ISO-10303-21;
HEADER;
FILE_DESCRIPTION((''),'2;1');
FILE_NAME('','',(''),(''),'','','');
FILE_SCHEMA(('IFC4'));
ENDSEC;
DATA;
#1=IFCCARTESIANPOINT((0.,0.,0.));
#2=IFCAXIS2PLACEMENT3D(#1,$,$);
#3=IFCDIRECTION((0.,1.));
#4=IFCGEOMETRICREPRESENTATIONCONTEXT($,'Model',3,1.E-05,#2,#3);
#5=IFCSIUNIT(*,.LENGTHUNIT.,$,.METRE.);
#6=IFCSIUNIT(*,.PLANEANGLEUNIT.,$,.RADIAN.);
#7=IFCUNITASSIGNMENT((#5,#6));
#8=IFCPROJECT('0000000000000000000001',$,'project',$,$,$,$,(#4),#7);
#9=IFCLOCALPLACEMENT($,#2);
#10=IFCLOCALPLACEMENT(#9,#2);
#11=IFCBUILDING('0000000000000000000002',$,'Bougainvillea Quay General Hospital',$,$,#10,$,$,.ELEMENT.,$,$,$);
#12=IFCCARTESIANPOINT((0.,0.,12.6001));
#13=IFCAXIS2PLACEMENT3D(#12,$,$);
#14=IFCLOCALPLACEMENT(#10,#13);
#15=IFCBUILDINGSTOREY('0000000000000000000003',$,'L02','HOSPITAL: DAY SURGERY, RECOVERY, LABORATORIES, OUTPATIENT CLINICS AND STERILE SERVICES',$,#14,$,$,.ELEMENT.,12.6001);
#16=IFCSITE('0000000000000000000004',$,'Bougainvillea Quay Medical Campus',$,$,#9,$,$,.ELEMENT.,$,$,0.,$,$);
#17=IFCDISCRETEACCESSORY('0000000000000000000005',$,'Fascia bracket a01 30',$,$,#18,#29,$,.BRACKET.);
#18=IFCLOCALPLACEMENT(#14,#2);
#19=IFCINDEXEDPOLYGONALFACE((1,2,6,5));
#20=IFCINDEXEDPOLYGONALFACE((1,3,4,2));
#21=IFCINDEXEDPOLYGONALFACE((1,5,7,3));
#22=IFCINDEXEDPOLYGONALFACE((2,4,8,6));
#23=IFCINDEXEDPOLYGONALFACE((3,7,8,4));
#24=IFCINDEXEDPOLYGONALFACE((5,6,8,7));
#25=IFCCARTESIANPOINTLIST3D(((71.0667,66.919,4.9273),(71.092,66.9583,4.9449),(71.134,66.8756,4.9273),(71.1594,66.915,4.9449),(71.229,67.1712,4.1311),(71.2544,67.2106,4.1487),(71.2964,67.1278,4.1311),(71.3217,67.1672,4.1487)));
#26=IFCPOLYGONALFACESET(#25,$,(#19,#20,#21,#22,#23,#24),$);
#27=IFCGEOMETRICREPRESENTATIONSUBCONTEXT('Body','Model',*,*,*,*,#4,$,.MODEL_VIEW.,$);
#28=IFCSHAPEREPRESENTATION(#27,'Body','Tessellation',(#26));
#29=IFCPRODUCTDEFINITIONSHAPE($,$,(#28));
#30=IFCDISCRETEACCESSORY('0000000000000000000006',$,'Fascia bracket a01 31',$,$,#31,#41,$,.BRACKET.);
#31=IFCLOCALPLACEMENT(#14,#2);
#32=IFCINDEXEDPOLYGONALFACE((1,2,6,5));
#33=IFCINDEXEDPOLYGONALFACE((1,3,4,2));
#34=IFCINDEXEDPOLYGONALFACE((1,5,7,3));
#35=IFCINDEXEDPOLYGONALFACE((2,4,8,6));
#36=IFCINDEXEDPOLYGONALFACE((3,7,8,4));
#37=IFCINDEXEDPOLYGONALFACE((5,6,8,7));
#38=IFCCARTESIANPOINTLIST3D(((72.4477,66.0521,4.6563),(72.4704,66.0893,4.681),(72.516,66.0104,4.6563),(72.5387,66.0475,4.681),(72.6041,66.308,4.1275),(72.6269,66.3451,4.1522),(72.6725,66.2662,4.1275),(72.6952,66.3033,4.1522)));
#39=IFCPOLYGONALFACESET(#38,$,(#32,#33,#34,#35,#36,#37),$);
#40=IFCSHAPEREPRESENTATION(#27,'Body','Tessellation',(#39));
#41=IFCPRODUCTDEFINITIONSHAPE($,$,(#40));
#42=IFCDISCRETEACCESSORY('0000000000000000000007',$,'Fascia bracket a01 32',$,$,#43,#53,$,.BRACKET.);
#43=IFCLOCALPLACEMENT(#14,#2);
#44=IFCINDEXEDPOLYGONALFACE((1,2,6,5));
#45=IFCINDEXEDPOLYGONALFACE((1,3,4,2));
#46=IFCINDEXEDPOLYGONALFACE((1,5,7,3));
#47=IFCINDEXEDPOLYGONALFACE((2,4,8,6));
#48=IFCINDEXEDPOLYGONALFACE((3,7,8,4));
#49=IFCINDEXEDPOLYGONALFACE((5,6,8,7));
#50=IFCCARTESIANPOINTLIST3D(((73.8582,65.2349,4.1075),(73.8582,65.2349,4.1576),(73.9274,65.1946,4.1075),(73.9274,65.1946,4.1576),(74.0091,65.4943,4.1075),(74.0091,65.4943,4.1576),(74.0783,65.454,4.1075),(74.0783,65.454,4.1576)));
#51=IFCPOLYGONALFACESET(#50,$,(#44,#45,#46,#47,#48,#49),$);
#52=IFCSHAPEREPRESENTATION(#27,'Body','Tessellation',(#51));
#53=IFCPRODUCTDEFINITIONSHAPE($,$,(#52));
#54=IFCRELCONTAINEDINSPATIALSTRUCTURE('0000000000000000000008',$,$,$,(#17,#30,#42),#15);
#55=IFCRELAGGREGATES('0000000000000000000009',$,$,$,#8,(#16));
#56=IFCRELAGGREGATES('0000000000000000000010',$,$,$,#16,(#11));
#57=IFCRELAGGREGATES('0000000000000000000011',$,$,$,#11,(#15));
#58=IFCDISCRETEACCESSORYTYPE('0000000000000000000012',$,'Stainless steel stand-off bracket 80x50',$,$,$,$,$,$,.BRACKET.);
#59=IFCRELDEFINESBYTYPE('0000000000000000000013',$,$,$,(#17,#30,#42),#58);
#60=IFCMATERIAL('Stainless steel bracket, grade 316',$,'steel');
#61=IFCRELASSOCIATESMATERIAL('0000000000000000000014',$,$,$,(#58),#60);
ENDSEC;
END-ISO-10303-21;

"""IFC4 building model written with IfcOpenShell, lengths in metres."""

from ifc_helpers import new_model, si_unit, direction, frame, origin, origin_2d, place, context, subcontext, project, spatial, rectangle, extrude, material, material_profile, profile_set, type_object, element, save


model = new_model("IFC4")

# Units and contexts
model_context = context("Model", 3, precision=1e-05, world=origin(), true_north=direction((0.0, 1.0)))
body_context = subcontext(model_context, "Body", "Model", "MODEL_VIEW")
ifc_project = project(units=[si_unit("LENGTHUNIT", "METRE"), si_unit("PLANEANGLEUNIT", "RADIAN")], contexts=[model_context])

# Site, building, storey
site_placement = place(None, origin())
site = spatial("IfcSite", under=ifc_project, at=site_placement, Name="Bougainvillea Quay Medical Campus", CompositionType="ELEMENT", RefElevation=0.0)
building_placement = place(site_placement, origin())
building = spatial("IfcBuilding", under=site, at=building_placement, Name="Bougainvillea Quay General Hospital", CompositionType="ELEMENT")
storey_placement = place(building_placement, frame((0.0, 0.0, 12.6001)))
storey = spatial("IfcBuildingStorey", under=building, at=storey_placement, Name="L02", Description="HOSPITAL: DAY SURGERY, RECOVERY, LABORATORIES, OUTPATIENT CLINICS AND STERILE SERVICES", CompositionType="ELEMENT", Elevation=12.6001)

# Discrete accessories
ifc_material_1 = material(Name="Stainless steel bracket, grade 316", Category="steel")
ifc_material_profile_1 = material_profile(ifc_material_1, rectangle(XDim=0.0801, YDim=0.05, at=origin_2d()))
ifc_profile_set_1 = profile_set([ifc_material_profile_1], Name="Stainless steel bracket, grade 316")
discrete_accessory_type = type_object("IfcDiscreteAccessoryType", Name="Stainless steel stand-off bracket 80x50", PredefinedType="BRACKET", material=ifc_profile_set_1)
discrete_accessory_1_placement = place(storey_placement, frame((71.2754, 67.1692, 4.1399), z_axis=(-0.190832, -0.296435, 0.935793), x_axis=(0.840834, -0.541292, 0.0)))
element("IfcDiscreteAccessory", 1, at=discrete_accessory_1_placement, inside=storey, type_object=discrete_accessory_type, Name="Fascia bracket a01 30", PredefinedType="BRACKET", context=body_context, shape_type="SweptSolid", body=[
    extrude(rectangle(XDim=0.0801, YDim=0.05, at=origin_2d()), origin(), (0.0, 0.0, 1.0), 0.8508),
])
discrete_accessory_2_placement = place(storey_placement, frame((72.6497, 66.3057, 4.1399), z_axis=(-0.257416, -0.420862, 0.869835), x_axis=(0.853081, -0.521779, 0.0)))
element("IfcDiscreteAccessory", 2, at=discrete_accessory_2_placement, inside=storey, type_object=discrete_accessory_type, Name="Fascia bracket a01 31", PredefinedType="BRACKET", context=body_context, shape_type="SweptSolid", body=[
    extrude(rectangle(XDim=0.0801, YDim=0.05, at=origin_2d()), origin(), (0.0, 0.0, 1.0), 0.6079),
])
discrete_accessory_3_placement = place(storey_placement, frame((74.0437, 65.4741, 4.1326), z_axis=(-0.50296, -0.86431, 0.0), x_axis=(0.86431, -0.50296, 0.0)))
element("IfcDiscreteAccessory", 3, at=discrete_accessory_3_placement, inside=storey, type_object=discrete_accessory_type, Name="Fascia bracket a01 32", PredefinedType="BRACKET", context=body_context, shape_type="SweptSolid", body=[
    extrude(rectangle(XDim=0.0801, YDim=0.05, at=origin_2d()), origin(), (0.0, 0.0, 1.0), 0.3),
])

save(model, "model.ifc")
